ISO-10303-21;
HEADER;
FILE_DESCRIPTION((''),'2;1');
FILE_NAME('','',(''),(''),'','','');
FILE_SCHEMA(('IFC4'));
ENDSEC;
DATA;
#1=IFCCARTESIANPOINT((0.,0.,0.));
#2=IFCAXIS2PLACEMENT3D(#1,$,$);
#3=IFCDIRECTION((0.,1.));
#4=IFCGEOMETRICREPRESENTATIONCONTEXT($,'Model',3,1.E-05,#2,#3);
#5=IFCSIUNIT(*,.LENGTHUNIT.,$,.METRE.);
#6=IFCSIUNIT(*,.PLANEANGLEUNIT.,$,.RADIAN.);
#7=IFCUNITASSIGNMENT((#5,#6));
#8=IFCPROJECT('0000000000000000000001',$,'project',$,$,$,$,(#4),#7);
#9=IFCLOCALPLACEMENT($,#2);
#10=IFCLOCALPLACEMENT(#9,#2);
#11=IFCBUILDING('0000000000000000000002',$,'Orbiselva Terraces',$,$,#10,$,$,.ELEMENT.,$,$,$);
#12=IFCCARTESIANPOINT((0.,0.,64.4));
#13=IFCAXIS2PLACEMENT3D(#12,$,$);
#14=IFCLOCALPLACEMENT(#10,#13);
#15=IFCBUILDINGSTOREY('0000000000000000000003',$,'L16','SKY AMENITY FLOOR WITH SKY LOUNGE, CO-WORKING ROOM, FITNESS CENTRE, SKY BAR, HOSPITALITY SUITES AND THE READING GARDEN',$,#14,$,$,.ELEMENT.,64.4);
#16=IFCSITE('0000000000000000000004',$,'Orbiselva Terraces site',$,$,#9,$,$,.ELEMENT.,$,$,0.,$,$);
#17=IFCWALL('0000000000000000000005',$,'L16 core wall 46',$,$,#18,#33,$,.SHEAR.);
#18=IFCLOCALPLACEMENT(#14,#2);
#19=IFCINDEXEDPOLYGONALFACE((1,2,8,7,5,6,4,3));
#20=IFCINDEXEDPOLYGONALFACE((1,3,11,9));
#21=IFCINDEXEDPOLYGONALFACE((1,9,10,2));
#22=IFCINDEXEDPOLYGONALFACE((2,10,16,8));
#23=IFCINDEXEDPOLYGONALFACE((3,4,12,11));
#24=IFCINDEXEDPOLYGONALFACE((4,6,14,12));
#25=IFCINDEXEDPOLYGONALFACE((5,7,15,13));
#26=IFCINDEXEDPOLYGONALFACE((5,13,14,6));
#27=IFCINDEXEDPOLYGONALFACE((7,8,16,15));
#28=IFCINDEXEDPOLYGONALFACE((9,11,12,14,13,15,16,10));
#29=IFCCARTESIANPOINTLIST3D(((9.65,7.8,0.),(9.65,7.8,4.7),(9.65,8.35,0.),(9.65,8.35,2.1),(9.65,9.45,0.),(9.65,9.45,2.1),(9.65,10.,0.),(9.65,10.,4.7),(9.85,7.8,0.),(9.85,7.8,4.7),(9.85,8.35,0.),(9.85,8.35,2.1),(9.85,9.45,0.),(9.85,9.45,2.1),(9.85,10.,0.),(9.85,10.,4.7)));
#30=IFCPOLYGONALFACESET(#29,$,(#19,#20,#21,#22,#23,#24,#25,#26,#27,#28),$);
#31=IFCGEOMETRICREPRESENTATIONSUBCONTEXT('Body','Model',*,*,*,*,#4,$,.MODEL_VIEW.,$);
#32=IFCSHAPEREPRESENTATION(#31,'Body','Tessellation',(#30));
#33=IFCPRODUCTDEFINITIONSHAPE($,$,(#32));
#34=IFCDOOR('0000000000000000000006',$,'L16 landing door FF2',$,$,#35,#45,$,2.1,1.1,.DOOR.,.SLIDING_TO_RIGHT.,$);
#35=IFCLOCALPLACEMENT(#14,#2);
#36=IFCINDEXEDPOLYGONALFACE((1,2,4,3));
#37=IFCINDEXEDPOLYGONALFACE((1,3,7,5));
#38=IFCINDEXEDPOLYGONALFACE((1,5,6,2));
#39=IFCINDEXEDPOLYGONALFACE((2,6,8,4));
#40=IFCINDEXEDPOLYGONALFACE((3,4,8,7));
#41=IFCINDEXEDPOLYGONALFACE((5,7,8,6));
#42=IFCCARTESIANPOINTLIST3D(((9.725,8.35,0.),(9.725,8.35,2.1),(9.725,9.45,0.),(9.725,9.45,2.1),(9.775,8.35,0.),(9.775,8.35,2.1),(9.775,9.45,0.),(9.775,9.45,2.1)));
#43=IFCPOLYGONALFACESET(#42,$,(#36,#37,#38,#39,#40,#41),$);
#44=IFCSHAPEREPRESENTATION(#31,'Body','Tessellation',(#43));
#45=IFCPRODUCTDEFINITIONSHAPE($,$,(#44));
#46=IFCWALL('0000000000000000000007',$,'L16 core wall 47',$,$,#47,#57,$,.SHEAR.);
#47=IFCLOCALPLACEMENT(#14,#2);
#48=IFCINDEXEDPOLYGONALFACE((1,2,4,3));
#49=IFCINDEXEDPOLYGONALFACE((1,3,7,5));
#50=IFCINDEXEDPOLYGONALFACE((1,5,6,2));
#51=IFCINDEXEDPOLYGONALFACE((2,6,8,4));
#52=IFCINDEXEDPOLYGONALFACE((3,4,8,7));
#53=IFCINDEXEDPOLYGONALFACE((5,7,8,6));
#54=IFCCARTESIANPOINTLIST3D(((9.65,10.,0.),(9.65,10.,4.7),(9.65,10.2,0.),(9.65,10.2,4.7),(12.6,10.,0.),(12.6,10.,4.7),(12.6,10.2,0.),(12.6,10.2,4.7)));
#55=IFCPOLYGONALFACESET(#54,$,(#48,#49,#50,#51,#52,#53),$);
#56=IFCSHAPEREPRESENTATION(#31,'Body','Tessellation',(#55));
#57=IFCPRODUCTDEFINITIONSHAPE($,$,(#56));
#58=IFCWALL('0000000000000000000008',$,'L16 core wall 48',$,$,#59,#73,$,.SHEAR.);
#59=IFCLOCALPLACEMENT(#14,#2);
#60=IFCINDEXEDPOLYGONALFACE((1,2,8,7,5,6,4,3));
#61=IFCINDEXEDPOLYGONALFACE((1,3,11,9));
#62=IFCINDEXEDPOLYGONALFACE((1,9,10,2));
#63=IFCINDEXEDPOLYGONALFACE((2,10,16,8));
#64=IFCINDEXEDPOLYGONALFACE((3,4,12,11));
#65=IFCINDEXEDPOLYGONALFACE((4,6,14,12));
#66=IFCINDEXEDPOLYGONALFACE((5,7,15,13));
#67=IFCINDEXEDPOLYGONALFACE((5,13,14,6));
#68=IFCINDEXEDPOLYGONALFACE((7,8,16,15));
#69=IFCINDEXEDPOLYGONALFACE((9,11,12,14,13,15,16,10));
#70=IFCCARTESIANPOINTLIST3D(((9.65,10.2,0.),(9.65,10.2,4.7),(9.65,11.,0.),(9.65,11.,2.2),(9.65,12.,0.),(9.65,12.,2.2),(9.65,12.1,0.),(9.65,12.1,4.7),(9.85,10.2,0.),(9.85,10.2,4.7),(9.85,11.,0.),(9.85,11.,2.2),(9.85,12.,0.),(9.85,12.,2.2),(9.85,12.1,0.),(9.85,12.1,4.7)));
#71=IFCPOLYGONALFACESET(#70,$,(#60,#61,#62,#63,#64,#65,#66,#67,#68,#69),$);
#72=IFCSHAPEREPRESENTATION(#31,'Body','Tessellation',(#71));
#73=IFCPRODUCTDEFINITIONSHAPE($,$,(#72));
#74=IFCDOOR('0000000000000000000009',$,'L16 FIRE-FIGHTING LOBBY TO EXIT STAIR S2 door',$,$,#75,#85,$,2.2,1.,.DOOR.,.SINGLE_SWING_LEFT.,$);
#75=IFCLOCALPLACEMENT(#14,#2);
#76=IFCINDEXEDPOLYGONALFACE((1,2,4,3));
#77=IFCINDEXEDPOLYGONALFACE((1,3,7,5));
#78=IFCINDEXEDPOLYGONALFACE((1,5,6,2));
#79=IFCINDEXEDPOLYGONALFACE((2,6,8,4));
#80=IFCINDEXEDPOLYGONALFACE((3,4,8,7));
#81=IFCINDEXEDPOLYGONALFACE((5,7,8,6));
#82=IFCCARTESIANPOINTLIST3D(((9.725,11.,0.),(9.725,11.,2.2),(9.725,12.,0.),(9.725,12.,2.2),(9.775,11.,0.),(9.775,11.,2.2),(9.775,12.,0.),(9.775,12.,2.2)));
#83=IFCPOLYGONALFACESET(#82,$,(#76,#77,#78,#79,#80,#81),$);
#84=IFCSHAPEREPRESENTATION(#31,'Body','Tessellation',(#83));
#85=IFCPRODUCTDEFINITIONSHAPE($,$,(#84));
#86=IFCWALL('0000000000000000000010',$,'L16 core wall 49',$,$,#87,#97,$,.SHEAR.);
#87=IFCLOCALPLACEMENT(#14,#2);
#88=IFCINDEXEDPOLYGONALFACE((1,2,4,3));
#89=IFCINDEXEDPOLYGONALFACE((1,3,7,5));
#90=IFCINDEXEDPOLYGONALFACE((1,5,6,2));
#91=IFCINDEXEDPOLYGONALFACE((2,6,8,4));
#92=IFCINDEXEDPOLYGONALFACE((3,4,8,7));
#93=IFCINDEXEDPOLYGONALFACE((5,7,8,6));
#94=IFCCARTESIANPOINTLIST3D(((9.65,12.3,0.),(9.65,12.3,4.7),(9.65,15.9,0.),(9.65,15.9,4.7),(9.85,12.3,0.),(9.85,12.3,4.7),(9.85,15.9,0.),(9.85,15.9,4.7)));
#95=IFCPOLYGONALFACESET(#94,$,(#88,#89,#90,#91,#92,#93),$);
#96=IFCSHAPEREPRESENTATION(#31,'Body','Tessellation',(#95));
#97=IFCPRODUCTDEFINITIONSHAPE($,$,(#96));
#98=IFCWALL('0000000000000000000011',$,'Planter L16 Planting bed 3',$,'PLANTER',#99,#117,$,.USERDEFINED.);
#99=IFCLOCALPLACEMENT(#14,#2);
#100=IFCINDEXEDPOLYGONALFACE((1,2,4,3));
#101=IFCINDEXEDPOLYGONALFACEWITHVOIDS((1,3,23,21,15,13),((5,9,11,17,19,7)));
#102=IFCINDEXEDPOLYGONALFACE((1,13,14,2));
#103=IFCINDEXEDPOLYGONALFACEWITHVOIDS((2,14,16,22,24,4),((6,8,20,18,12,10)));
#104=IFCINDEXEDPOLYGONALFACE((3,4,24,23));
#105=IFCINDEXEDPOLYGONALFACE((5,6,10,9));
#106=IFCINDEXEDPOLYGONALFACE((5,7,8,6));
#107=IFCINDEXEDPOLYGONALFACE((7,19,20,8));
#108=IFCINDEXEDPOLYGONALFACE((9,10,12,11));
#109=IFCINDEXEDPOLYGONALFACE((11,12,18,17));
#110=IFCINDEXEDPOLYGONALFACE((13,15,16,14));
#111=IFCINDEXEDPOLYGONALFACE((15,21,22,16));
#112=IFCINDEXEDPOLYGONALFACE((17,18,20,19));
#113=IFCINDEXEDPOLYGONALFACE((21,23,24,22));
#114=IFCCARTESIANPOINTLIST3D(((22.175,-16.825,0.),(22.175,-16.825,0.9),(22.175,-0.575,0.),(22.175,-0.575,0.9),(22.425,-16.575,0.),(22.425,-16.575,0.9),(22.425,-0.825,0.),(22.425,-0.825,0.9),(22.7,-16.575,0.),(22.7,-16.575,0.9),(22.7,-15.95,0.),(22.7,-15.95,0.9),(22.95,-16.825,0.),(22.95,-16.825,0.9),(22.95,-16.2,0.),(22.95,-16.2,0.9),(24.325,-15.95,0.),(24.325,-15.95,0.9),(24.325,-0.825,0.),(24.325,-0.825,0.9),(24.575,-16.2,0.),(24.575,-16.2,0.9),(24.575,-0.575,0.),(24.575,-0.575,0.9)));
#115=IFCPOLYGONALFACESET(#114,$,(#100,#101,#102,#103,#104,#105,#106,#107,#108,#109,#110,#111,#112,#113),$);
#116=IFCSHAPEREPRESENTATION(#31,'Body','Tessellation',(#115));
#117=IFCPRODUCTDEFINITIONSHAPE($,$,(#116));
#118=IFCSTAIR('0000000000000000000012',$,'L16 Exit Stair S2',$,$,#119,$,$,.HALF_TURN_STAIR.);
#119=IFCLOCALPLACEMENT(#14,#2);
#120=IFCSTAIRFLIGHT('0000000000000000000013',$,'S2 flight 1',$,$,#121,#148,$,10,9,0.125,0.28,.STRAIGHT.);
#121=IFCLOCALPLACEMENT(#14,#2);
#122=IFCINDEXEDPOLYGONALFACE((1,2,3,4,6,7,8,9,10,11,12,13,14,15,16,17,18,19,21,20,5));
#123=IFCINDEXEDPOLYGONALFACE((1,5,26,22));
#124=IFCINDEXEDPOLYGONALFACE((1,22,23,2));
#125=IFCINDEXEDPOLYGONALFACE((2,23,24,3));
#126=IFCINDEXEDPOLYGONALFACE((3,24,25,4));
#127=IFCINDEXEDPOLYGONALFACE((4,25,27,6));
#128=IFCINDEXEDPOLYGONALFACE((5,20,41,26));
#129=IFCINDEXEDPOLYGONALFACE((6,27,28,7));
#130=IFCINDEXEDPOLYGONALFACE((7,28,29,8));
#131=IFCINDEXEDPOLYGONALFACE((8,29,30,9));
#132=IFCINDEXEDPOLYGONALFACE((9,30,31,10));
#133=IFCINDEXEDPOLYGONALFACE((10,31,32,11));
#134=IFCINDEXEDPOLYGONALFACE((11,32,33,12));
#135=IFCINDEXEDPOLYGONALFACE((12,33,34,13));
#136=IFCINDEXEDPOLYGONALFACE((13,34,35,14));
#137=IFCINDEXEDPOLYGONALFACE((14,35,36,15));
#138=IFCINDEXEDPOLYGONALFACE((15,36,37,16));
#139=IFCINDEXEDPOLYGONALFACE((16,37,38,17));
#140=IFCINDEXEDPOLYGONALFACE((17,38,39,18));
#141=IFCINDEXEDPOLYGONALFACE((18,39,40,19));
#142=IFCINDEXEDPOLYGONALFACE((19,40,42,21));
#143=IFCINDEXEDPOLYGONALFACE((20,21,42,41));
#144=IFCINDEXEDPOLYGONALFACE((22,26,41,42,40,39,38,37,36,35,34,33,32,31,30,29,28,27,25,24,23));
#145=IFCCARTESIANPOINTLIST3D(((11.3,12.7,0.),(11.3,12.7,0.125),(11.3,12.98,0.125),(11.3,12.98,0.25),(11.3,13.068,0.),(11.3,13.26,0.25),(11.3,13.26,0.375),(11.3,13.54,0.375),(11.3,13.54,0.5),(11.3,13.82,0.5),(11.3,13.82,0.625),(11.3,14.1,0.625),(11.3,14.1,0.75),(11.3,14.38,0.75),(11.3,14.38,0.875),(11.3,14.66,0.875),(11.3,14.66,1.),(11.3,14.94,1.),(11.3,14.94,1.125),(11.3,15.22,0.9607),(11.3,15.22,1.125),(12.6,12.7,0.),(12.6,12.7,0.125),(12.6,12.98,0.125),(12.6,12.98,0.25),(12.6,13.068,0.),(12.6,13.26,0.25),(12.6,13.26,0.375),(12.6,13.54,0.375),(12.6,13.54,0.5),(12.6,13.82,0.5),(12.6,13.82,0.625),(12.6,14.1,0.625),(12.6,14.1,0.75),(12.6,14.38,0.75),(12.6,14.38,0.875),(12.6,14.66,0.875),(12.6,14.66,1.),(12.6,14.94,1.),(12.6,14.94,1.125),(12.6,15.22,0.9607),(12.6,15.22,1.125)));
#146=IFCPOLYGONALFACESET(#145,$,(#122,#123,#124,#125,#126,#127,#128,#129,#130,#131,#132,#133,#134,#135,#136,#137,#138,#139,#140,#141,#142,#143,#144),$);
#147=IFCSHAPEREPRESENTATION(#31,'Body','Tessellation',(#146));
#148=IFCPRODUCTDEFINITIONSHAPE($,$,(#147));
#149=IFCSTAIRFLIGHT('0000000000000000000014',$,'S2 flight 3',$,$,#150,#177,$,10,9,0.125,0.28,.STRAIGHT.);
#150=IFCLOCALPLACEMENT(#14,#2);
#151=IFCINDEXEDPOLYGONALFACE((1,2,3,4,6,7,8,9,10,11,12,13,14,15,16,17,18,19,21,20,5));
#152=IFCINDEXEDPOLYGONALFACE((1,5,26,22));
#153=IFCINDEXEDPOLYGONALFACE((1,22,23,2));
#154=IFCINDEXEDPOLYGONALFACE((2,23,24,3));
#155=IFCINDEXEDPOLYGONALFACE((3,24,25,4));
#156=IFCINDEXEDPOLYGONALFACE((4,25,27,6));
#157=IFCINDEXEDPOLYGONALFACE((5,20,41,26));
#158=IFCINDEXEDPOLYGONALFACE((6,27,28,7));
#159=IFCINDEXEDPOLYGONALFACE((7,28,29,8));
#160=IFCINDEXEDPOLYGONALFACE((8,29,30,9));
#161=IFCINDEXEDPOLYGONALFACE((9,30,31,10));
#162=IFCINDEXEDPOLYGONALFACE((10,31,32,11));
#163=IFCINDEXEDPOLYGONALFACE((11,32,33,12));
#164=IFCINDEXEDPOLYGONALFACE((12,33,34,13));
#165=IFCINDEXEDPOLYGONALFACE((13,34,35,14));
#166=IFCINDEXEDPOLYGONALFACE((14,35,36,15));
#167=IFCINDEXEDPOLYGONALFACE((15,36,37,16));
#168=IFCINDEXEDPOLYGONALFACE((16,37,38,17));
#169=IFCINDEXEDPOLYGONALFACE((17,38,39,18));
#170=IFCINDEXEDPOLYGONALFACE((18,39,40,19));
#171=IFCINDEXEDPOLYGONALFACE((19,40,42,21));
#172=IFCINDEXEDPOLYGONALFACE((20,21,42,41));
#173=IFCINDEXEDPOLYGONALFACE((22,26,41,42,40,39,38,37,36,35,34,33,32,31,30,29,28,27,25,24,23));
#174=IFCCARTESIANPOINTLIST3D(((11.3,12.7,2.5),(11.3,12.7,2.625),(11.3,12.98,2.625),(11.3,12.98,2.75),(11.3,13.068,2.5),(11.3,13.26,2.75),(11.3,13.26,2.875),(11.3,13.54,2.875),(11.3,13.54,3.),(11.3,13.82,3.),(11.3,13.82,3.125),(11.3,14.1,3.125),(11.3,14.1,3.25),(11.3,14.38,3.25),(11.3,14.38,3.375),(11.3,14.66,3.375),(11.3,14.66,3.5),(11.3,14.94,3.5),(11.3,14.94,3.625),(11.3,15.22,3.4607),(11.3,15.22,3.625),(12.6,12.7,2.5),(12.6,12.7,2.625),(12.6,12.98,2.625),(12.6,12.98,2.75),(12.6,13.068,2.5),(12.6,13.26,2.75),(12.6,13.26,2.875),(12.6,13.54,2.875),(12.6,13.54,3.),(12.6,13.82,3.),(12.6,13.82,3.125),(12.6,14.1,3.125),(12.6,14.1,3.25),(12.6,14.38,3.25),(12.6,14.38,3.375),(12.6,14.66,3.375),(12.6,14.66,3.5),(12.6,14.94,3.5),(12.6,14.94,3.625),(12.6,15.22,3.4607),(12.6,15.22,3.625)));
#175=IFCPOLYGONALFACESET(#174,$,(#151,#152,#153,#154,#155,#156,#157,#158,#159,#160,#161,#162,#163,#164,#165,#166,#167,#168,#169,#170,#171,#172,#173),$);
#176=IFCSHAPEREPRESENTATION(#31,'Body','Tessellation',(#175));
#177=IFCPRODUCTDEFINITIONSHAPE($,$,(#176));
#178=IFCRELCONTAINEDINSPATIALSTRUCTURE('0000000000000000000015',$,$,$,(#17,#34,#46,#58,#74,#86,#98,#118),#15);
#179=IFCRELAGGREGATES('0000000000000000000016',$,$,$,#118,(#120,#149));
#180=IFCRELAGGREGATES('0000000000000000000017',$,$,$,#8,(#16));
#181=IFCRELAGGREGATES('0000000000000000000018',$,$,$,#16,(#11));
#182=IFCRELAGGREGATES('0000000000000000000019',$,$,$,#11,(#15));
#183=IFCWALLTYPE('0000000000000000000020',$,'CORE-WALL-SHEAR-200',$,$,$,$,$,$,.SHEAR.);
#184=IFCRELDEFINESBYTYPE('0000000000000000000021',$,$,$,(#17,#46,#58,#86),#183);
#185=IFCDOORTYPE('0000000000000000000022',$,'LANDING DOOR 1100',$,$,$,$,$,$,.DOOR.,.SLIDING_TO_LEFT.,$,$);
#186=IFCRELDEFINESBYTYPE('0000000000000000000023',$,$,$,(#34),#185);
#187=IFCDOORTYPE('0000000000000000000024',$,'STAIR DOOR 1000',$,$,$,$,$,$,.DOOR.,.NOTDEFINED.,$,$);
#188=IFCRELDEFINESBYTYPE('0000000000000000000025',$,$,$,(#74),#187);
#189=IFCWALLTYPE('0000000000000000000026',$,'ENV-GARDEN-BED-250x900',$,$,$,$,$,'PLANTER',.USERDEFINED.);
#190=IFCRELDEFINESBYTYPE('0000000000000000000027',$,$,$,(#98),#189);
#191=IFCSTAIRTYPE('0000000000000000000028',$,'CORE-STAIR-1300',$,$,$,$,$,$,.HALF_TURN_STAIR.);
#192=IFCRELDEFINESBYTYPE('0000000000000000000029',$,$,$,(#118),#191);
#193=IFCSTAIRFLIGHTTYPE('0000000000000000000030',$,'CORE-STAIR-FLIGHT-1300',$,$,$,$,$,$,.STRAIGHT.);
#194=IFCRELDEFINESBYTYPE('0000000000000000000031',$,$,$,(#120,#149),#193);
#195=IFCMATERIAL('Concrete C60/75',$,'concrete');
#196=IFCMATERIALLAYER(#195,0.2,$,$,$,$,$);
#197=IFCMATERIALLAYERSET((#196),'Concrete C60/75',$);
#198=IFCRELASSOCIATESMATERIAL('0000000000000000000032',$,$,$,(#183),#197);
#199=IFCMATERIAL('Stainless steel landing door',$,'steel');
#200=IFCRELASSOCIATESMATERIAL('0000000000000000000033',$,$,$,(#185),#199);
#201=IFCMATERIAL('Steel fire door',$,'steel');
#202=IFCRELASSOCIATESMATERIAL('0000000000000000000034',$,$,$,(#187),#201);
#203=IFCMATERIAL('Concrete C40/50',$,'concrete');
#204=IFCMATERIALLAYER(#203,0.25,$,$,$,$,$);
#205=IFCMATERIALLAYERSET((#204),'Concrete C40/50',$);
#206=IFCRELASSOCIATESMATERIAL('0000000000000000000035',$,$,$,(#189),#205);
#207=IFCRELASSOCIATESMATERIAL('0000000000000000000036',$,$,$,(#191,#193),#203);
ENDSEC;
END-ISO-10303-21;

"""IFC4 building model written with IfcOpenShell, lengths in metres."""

from ifc_helpers import new_model, si_unit, direction, frame, frame_2d, origin, place, context, subcontext, project, spatial, polyline, rectangle, outline, extrude, material, layer, layer_set, type_object, element, fill, aggregate, save


model = new_model("IFC4")

# Units and contexts
model_context = context("Model", 3, precision=1e-05, world=origin(), true_north=direction((0.0, 1.0)))
body_context = subcontext(model_context, "Body", "Model", "MODEL_VIEW")
ifc_project = project(units=[si_unit("LENGTHUNIT", "METRE"), si_unit("PLANEANGLEUNIT", "RADIAN")], contexts=[model_context])

# Site, building, storey
site_placement = place(None, origin())
site = spatial("IfcSite", under=ifc_project, at=site_placement, Name="Orbiselva Terraces site", CompositionType="ELEMENT", RefElevation=0.0)
building_placement = place(site_placement, origin())
building = spatial("IfcBuilding", under=site, at=building_placement, Name="Orbiselva Terraces", CompositionType="ELEMENT")
storey_placement = place(building_placement, frame((0.0, 0.0, 64.4)))
storey = spatial("IfcBuildingStorey", under=building, at=storey_placement, Name="L16", Description="SKY AMENITY FLOOR WITH SKY LOUNGE, CO-WORKING ROOM, FITNESS CENTRE, SKY BAR, HOSPITALITY SUITES AND THE READING GARDEN", CompositionType="ELEMENT", Elevation=64.4)

# Shared definitions
ifc_material_1 = material(Name="Steel fire door", Category="steel")

# Shared definitions
ifc_material_2 = material(Name="Concrete C60/75", Category="concrete")
ifc_layer_1 = layer(ifc_material_2, 0.2)
ifc_layer_set_1 = layer_set([ifc_layer_1], Name="Concrete C60/75")
wall_type_1 = type_object("IfcWallType", Name="CORE-WALL-SHEAR-200", PredefinedType="SHEAR", material=ifc_layer_set_1)

# Shared definitions
ifc_material_3 = material(Name="Stainless steel landing door", Category="steel")
door_type_1 = type_object("IfcDoorType", Name="LANDING DOOR 1100", OperationType="SLIDING_TO_LEFT", PredefinedType="DOOR", material=ifc_material_3)

# Wall, opening, door
wall_1_placement = place(storey_placement, frame((9.75, 7.8, 0.0), z_axis=(0.0, 0.0, 1.0), x_axis=(0.0, 1.0, 0.0)))
wall_1 = element("IfcWall", 1, at=wall_1_placement, inside=storey, type_object=wall_type_1, Name="L16 core wall 46", PredefinedType="SHEAR", context=body_context, shape_type="SweptSolid", body=[
    extrude(rectangle(XDim=2.2, YDim=0.2, at=frame_2d((1.1, 0.0))), origin(), (0.0, 0.0, 1.0), 4.7),
])
opening_1_placement = place(wall_1_placement, frame((0.55, 0.0, 0.0)))
opening_1 = element("IfcOpeningElement", 2, at=opening_1_placement, cuts=wall_1, PredefinedType="OPENING", context=body_context, shape_type="SweptSolid", body=[
    extrude(rectangle(XDim=1.1, YDim=2.1, at=frame_2d((0.55, 1.05))), frame((0.0, 0.11, 0.0), z_axis=(0.0, -1.0, 0.0), x_axis=(1.0, 0.0, 0.0)), (0.0, 0.0, 1.0), 0.22),
])
door_1_placement = place(opening_1_placement, origin())
door_1 = element("IfcDoor", 3, at=door_1_placement, inside=storey, type_object=door_type_1, Name="L16 landing door FF2", OperationType="SLIDING_TO_RIGHT", OverallHeight=2.1, OverallWidth=1.1, PredefinedType="DOOR", context=body_context, shape_type="SweptSolid", body=[
    extrude(rectangle(XDim=1.1, YDim=2.1, at=frame_2d((0.55, 1.05))), frame((0.0, 0.025, 0.0), z_axis=(0.0, -1.0, 0.0), x_axis=(1.0, 0.0, 0.0)), (0.0, 0.0, 1.0), 0.05),
])
fill(opening_1, door_1)

# Wall
wall_2_placement = place(storey_placement, frame((9.65, 10.1, 0.0), z_axis=(0.0, 0.0, 1.0), x_axis=(1.0, 0.0, 0.0)))
element("IfcWall", 4, at=wall_2_placement, inside=storey, type_object=wall_type_1, Name="L16 core wall 47", PredefinedType="SHEAR", context=body_context, shape_type="SweptSolid", body=[
    extrude(rectangle(XDim=2.95, YDim=0.2, at=frame_2d((1.475, 0.0))), origin(), (0.0, 0.0, 1.0), 4.7),
])

# Wall, opening, door
wall_3_placement = place(storey_placement, frame((9.75, 12.1, 0.0), z_axis=(0.0, 0.0, 1.0), x_axis=(0.0, -1.0, 0.0)))
wall_3 = element("IfcWall", 5, at=wall_3_placement, inside=storey, type_object=wall_type_1, Name="L16 core wall 48", PredefinedType="SHEAR", context=body_context, shape_type="SweptSolid", body=[
    extrude(rectangle(XDim=1.9, YDim=0.2, at=frame_2d((0.95, 0.0))), origin(), (0.0, 0.0, 1.0), 4.7),
])
opening_2_placement = place(wall_3_placement, frame((0.1, 0.0, 0.0)))
opening_2 = element("IfcOpeningElement", 6, at=opening_2_placement, cuts=wall_3, PredefinedType="OPENING", context=body_context, shape_type="SweptSolid", body=[
    extrude(rectangle(XDim=1.0, YDim=2.2, at=frame_2d((0.5, 1.1))), frame((0.0, 0.11, 0.0), z_axis=(0.0, -1.0, 0.0), x_axis=(1.0, 0.0, 0.0)), (0.0, 0.0, 1.0), 0.22),
])
door_type_2 = type_object("IfcDoorType", Name="STAIR DOOR 1000", OperationType="NOTDEFINED", PredefinedType="DOOR", material=ifc_material_1)
door_2_placement = place(opening_2_placement, origin())
door_2 = element("IfcDoor", 7, at=door_2_placement, inside=storey, type_object=door_type_2, Name="L16 FIRE-FIGHTING LOBBY TO EXIT STAIR S2 door", OperationType="SINGLE_SWING_LEFT", OverallHeight=2.2, OverallWidth=1.0, PredefinedType="DOOR", context=body_context, shape_type="SweptSolid", body=[
    extrude(rectangle(XDim=1.0, YDim=2.2, at=frame_2d((0.5, 1.1))), frame((0.0, 0.025, 0.0), z_axis=(0.0, -1.0, 0.0), x_axis=(1.0, 0.0, 0.0)), (0.0, 0.0, 1.0), 0.05),
])
fill(opening_2, door_2)

# Walls
wall_4_placement = place(storey_placement, frame((9.75, 12.3, 0.0), z_axis=(0.0, 0.0, 1.0), x_axis=(0.0, 1.0, 0.0)))
element("IfcWall", 8, at=wall_4_placement, inside=storey, type_object=wall_type_1, Name="L16 core wall 49", PredefinedType="SHEAR", context=body_context, shape_type="SweptSolid", body=[
    extrude(rectangle(XDim=3.6, YDim=0.2, at=frame_2d((1.8, 0.0))), origin(), (0.0, 0.0, 1.0), 4.7),
])
ifc_material_4 = material(Name="Concrete C40/50", Category="concrete")
ifc_layer_2 = layer(ifc_material_4, 0.25)
ifc_layer_set_2 = layer_set([ifc_layer_2], Name="Concrete C40/50")
wall_type_2 = type_object("IfcWallType", Name="ENV-GARDEN-BED-250x900", ElementType="PLANTER", PredefinedType="USERDEFINED", material=ifc_layer_set_2)
wall_5_placement = place(storey_placement, origin())
element("IfcWall", 9, at=wall_5_placement, inside=storey, type_object=wall_type_2, Name="Planter L16 Planting bed 3", ObjectType="PLANTER", PredefinedType="USERDEFINED", context=body_context, shape_type="SweptSolid", body=[
    extrude(outline(polyline([(24.575, -16.2), (24.575, -0.575), (22.175, -0.575), (22.175, -16.825), (22.95, -16.825), (22.95, -16.2), (24.575, -16.2)]), holes=[polyline([(22.7, -15.95), (22.7, -16.575), (22.425, -16.575), (22.425, -0.825), (24.325, -0.825), (24.325, -15.95), (22.7, -15.95)])]), origin(), (0.0, 0.0, 1.0), 0.9),
])

# Stair, stair flights
stair_type = type_object("IfcStairType", Name="CORE-STAIR-1300", PredefinedType="HALF_TURN_STAIR", material=ifc_material_4)
stair_placement = place(storey_placement, origin())
stair = element("IfcStair", 10, at=stair_placement, inside=storey, type_object=stair_type, Name="L16 Exit Stair S2", PredefinedType="HALF_TURN_STAIR")
stair_flight_type = type_object("IfcStairFlightType", Name="CORE-STAIR-FLIGHT-1300", PredefinedType="STRAIGHT", material=ifc_material_4)
stair_flight_1_placement = place(storey_placement, frame((11.95, 12.7, 0.0), z_axis=(0.0, 0.0, 1.0), x_axis=(0.0, 1.0, 0.0)))
stair_flight_1 = element("IfcStairFlight", 11, at=stair_flight_1_placement, type_object=stair_flight_type, Name="S2 flight 1", NumberOfRisers=10, NumberOfTreads=9, PredefinedType="STRAIGHT", RiserHeight=0.125, TreadLength=0.28, context=body_context, shape_type="SweptSolid", body=[
    extrude(outline(polyline([(0.0, 0.0), (0.0, 0.125), (0.28, 0.125), (0.28, 0.25), (0.56, 0.25), (0.56, 0.375), (0.84, 0.375), (0.84, 0.5), (1.12, 0.5), (1.12, 0.625), (1.4, 0.625), (1.4, 0.75), (1.68, 0.75), (1.68, 0.875), (1.96, 0.875), (1.96, 1.0), (2.24, 1.0), (2.24, 1.125), (2.52, 1.125), (2.52, 1.25), (2.52, 0.9607), (0.368, 0.0), (0.0, 0.0)])), frame((0.0, 0.65, 0.0), z_axis=(0.0, -1.0, 0.0), x_axis=(1.0, 0.0, 0.0)), (0.0, 0.0, 1.0), 1.3),
])
stair_flight_2_placement = place(storey_placement, frame((11.95, 12.7, 2.5), z_axis=(0.0, 0.0, 1.0), x_axis=(0.0, 1.0, 0.0)))
stair_flight_2 = element("IfcStairFlight", 12, at=stair_flight_2_placement, type_object=stair_flight_type, Name="S2 flight 3", NumberOfRisers=10, NumberOfTreads=9, PredefinedType="STRAIGHT", RiserHeight=0.125, TreadLength=0.28, context=body_context, shape_type="SweptSolid", body=[
    extrude(outline(polyline([(0.0, 0.0), (0.0, 0.125), (0.28, 0.125), (0.28, 0.25), (0.56, 0.25), (0.56, 0.375), (0.84, 0.375), (0.84, 0.5), (1.12, 0.5), (1.12, 0.625), (1.4, 0.625), (1.4, 0.75), (1.68, 0.75), (1.68, 0.875), (1.96, 0.875), (1.96, 1.0), (2.24, 1.0), (2.24, 1.125), (2.52, 1.125), (2.52, 1.25), (2.52, 0.9607), (0.368, 0.0), (0.0, 0.0)])), frame((0.0, 0.65, 0.0), z_axis=(0.0, -1.0, 0.0), x_axis=(1.0, 0.0, 0.0)), (0.0, 0.0, 1.0), 1.3),
])
aggregate(stair, [stair_flight_1, stair_flight_2])

save(model, "model.ifc")
